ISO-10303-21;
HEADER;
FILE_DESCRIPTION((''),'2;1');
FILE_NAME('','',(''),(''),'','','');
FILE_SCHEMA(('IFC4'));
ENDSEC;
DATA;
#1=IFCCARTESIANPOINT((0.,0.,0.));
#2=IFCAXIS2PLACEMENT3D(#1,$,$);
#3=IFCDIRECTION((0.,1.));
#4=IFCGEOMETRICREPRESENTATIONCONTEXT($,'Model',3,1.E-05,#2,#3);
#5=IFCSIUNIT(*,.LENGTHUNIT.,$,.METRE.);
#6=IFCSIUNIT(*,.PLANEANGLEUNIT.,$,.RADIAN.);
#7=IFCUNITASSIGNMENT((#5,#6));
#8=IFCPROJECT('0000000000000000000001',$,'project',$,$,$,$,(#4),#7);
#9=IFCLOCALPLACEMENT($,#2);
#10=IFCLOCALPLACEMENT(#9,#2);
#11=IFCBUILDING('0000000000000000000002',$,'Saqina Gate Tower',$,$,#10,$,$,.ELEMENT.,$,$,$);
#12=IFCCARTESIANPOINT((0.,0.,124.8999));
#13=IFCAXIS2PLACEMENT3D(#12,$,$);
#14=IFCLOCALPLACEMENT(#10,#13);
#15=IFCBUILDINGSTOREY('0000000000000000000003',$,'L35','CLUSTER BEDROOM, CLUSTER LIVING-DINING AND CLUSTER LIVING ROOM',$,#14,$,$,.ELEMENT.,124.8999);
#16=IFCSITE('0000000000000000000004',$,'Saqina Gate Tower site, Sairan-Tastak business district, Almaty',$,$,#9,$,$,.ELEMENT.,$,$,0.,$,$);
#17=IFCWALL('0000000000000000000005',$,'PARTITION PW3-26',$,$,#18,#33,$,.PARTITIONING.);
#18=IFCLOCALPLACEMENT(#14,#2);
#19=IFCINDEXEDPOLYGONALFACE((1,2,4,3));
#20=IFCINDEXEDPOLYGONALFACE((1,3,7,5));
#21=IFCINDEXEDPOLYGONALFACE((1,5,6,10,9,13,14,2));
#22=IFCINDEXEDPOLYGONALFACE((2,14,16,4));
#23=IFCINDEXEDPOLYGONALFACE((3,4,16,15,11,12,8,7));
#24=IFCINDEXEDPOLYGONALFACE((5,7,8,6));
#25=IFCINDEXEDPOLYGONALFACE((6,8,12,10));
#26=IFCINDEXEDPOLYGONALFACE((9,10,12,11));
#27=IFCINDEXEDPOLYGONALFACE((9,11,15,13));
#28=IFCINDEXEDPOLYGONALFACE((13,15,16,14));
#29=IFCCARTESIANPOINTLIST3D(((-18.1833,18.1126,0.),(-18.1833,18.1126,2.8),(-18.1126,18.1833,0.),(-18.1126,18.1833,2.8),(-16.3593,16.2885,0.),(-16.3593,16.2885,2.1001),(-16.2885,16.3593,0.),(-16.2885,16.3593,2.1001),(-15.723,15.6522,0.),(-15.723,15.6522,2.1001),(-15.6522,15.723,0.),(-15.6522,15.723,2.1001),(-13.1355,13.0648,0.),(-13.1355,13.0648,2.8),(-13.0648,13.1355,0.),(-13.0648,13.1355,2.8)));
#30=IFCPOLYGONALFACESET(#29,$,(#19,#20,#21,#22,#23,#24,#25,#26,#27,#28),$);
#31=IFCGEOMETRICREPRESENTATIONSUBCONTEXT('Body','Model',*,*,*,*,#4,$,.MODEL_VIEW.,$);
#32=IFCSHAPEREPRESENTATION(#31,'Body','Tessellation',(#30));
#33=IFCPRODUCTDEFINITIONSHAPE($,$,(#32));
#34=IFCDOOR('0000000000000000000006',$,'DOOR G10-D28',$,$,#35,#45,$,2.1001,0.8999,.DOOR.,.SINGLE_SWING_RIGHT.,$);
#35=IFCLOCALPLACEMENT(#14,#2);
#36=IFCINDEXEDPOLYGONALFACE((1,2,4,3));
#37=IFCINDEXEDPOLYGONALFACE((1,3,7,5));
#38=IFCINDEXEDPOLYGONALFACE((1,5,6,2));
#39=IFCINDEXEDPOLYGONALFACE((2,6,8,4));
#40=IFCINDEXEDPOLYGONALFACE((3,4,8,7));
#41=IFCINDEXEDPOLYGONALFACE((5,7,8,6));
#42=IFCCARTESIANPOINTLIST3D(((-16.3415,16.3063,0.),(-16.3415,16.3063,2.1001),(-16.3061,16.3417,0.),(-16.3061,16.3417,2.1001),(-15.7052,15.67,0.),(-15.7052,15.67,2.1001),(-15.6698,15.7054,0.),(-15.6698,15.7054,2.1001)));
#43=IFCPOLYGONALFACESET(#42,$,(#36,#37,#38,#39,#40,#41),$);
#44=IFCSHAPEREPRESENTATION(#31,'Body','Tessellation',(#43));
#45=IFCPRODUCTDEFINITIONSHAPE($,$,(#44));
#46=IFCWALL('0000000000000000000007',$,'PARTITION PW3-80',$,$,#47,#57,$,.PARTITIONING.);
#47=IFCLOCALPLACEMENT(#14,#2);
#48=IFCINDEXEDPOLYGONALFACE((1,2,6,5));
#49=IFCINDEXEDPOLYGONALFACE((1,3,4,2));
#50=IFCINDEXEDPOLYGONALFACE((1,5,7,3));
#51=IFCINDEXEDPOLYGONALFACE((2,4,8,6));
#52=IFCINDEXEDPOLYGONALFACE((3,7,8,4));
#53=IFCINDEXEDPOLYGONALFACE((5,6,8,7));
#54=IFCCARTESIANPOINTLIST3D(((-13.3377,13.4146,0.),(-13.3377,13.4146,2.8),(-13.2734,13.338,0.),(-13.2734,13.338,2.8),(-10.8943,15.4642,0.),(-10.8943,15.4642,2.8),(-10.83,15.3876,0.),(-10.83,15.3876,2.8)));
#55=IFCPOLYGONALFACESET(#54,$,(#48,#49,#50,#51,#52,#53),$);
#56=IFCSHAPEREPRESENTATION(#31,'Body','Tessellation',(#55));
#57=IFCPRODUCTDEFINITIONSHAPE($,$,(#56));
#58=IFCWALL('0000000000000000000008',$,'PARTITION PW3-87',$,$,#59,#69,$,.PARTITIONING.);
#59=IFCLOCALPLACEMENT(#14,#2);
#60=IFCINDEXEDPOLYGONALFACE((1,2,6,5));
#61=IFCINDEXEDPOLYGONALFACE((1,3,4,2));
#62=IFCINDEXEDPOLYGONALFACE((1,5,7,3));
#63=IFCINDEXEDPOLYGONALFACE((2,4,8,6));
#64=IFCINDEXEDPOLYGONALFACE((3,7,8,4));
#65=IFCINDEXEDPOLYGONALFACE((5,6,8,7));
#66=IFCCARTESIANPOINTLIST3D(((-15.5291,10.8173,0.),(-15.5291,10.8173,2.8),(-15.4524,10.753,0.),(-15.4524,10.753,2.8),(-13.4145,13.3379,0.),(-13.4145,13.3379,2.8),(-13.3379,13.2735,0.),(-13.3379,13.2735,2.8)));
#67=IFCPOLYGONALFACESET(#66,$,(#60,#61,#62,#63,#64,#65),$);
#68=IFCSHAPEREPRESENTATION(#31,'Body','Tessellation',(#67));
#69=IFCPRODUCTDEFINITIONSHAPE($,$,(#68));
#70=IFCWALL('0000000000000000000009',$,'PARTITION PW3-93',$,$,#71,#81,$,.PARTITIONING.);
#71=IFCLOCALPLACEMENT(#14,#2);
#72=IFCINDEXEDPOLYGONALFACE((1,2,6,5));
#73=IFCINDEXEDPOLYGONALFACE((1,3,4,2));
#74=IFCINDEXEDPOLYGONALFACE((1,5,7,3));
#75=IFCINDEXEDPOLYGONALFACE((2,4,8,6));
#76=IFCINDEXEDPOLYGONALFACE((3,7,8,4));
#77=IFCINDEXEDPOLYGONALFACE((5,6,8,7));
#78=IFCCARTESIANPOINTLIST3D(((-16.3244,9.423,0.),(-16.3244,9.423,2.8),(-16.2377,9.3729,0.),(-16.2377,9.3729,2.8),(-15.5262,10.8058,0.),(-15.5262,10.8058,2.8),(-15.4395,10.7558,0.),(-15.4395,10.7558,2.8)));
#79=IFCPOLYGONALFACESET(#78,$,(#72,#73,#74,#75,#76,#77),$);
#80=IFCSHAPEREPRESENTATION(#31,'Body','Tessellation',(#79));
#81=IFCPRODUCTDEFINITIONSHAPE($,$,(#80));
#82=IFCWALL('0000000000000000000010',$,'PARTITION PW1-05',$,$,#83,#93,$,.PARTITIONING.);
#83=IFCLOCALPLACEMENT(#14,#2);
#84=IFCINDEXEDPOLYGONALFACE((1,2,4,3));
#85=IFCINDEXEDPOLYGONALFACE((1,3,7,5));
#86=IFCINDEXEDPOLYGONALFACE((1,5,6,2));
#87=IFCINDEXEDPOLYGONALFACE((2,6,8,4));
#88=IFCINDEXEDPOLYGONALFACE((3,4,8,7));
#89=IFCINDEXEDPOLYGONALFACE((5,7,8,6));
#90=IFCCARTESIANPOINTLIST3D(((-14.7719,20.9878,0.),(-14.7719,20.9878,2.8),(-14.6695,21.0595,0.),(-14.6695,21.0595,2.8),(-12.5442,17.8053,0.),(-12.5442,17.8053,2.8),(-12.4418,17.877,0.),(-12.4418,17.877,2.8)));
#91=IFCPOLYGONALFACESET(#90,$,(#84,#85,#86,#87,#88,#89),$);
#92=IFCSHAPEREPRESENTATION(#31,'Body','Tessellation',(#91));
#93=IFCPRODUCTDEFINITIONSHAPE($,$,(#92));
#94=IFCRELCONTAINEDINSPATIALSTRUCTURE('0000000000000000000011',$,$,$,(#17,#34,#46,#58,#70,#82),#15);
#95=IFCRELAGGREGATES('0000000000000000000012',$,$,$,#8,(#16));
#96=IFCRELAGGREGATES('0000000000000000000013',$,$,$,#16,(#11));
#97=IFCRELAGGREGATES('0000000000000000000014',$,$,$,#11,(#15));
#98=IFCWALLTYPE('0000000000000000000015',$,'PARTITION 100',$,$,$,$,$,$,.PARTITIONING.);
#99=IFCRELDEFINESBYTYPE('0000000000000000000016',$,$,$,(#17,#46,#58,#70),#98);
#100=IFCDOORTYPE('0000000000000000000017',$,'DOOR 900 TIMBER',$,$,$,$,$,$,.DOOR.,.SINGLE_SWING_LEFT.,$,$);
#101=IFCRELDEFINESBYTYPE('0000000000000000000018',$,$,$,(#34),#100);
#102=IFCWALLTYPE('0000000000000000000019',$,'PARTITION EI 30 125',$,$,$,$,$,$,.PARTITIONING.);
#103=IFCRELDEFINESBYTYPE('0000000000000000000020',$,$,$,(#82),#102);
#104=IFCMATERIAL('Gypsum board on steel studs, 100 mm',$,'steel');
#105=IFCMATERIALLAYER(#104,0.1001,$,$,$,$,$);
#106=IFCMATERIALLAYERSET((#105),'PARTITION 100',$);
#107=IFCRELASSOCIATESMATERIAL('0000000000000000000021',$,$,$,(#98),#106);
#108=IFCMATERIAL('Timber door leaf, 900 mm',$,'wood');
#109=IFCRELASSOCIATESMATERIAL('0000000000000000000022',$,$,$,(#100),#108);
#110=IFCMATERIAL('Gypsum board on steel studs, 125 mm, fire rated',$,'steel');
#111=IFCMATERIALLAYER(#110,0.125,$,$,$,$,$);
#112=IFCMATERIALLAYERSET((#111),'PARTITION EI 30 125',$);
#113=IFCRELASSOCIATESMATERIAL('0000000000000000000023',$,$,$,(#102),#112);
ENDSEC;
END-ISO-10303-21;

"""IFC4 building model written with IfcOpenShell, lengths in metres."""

from ifc_helpers import new_model, si_unit, direction, frame, frame_2d, origin, place, context, subcontext, project, spatial, rectangle, extrude, material, layer, layer_set, type_object, element, fill, save


model = new_model("IFC4")

# Units and contexts
model_context = context("Model", 3, precision=1e-05, world=origin(), true_north=direction((0.0, 1.0)))
body_context = subcontext(model_context, "Body", "Model", "MODEL_VIEW")
ifc_project = project(units=[si_unit("LENGTHUNIT", "METRE"), si_unit("PLANEANGLEUNIT", "RADIAN")], contexts=[model_context])

# Site, building, storey
site_placement = place(None, origin())
site = spatial("IfcSite", under=ifc_project, at=site_placement, Name="Saqina Gate Tower site, Sairan-Tastak business district, Almaty", CompositionType="ELEMENT", RefElevation=0.0)
building_placement = place(site_placement, origin())
building = spatial("IfcBuilding", under=site, at=building_placement, Name="Saqina Gate Tower", CompositionType="ELEMENT")
storey_placement = place(building_placement, frame((0.0, 0.0, 124.8999)))
storey = spatial("IfcBuildingStorey", under=building, at=storey_placement, Name="L35", Description="CLUSTER BEDROOM, CLUSTER LIVING-DINING AND CLUSTER LIVING ROOM", CompositionType="ELEMENT", Elevation=124.8999)

# Wall, opening, door
ifc_material_1 = material(Name="Gypsum board on steel studs, 100 mm", Category="steel")
ifc_layer_1 = layer(ifc_material_1, 0.1001)
ifc_layer_set_1 = layer_set([ifc_layer_1], Name="PARTITION 100")
wall_type_1 = type_object("IfcWallType", Name="PARTITION 100", PredefinedType="PARTITIONING", material=ifc_layer_set_1)
wall_1_placement = place(storey_placement, frame((-18.1479, 18.1479, 0.0), z_axis=(0.0, 0.0, 1.0), x_axis=(0.707107, -0.707107, 0.0)))
wall_1 = element("IfcWall", 1, at=wall_1_placement, inside=storey, type_object=wall_type_1, Name="PARTITION PW3-26", PredefinedType="PARTITIONING", context=body_context, shape_type="SweptSolid", body=[
    extrude(rectangle(XDim=7.1387, YDim=0.1001, at=frame_2d((3.5693, 0.0))), origin(), (0.0, 0.0, 1.0), 2.8),
])
opening_1_placement = place(wall_1_placement, frame((2.5796, 0.0, 0.0)))
opening_1 = element("IfcOpeningElement", 2, at=opening_1_placement, cuts=wall_1, PredefinedType="OPENING", context=body_context, shape_type="SweptSolid", body=[
    extrude(rectangle(XDim=0.8999, YDim=2.1001, at=frame_2d((0.45, 1.05))), frame((0.0, 0.062, 0.0), z_axis=(0.0, -1.0, 0.0), x_axis=(1.0, 0.0, 0.0)), (0.0, 0.0, 1.0), 0.124),
])
ifc_material_2 = material(Name="Timber door leaf, 900 mm", Category="wood")
door_type = type_object("IfcDoorType", Name="DOOR 900 TIMBER", OperationType="SINGLE_SWING_LEFT", PredefinedType="DOOR", material=ifc_material_2)
door_placement = place(opening_1_placement, frame((0.8999, 0.0, 0.0), z_axis=(0.0, 0.0, 1.0), x_axis=(-1.0, 0.0, 0.0)))
door = element("IfcDoor", 3, at=door_placement, inside=storey, type_object=door_type, Name="DOOR G10-D28", OperationType="SINGLE_SWING_RIGHT", OverallHeight=2.1001, OverallWidth=0.8999, PredefinedType="DOOR", context=body_context, shape_type="SweptSolid", body=[
    extrude(rectangle(XDim=0.8999, YDim=2.1001, at=frame_2d((0.45, 1.05))), frame((0.0, 0.0249, 0.0), z_axis=(0.0, -1.0, 0.0), x_axis=(1.0, 0.0, 0.0)), (0.0, 0.0, 1.0), 0.05),
])
fill(opening_1, door)

# Walls
wall_2_placement = place(storey_placement, frame((-13.3057, 13.3762, 0.0), z_axis=(0.0, 0.0, 1.0), x_axis=(0.766147, 0.642666, 0.0)))
element("IfcWall", 4, at=wall_2_placement, inside=storey, type_object=wall_type_1, Name="PARTITION PW3-80", PredefinedType="PARTITIONING", context=body_context, shape_type="SweptSolid", body=[
    extrude(rectangle(XDim=3.1892, YDim=0.1001, at=frame_2d((1.5947, 0.0))), origin(), (0.0, 0.0, 1.0), 2.8),
])
wall_3_placement = place(storey_placement, frame((-15.4907, 10.7852, 0.0), z_axis=(0.0, 0.0, 1.0), x_axis=(0.642706, 0.766113, 0.0)))
element("IfcWall", 5, at=wall_3_placement, inside=storey, type_object=wall_type_1, Name="PARTITION PW3-87", PredefinedType="PARTITIONING", context=body_context, shape_type="SweptSolid", body=[
    extrude(rectangle(XDim=3.29, YDim=0.1001, at=frame_2d((1.645, 0.0))), origin(), (0.0, 0.0, 1.0), 2.8),
])
wall_4_placement = place(storey_placement, frame((-16.281, 9.3979, 0.0), z_axis=(0.0, 0.0, 1.0), x_axis=(0.499872, 0.866099, 0.0)))
element("IfcWall", 6, at=wall_4_placement, inside=storey, type_object=wall_type_1, Name="PARTITION PW3-93", PredefinedType="PARTITIONING", context=body_context, shape_type="SweptSolid", body=[
    extrude(rectangle(XDim=1.5967, YDim=0.1001, at=frame_2d((0.7983, 0.0))), origin(), (0.0, 0.0, 1.0), 2.8),
])
ifc_material_3 = material(Name="Gypsum board on steel studs, 125 mm, fire rated", Category="steel")
ifc_layer_2 = layer(ifc_material_3, 0.125)
ifc_layer_set_2 = layer_set([ifc_layer_2], Name="PARTITION EI 30 125")
wall_type_2 = type_object("IfcWallType", Name="PARTITION EI 30 125", PredefinedType="PARTITIONING", material=ifc_layer_set_2)
wall_5_placement = place(storey_placement, frame((-14.7207, 21.0237, 0.0), z_axis=(0.0, 0.0, 1.0), x_axis=(0.573454, -0.819238, 0.0)))
element("IfcWall", 7, at=wall_5_placement, inside=storey, type_object=wall_type_2, Name="PARTITION PW1-05", PredefinedType="PARTITIONING", context=body_context, shape_type="SweptSolid", body=[
    extrude(rectangle(XDim=3.8848, YDim=0.125, at=frame_2d((1.9424, 0.0))), origin(), (0.0, 0.0, 1.0), 2.8),
])

save(model, "model.ifc")
